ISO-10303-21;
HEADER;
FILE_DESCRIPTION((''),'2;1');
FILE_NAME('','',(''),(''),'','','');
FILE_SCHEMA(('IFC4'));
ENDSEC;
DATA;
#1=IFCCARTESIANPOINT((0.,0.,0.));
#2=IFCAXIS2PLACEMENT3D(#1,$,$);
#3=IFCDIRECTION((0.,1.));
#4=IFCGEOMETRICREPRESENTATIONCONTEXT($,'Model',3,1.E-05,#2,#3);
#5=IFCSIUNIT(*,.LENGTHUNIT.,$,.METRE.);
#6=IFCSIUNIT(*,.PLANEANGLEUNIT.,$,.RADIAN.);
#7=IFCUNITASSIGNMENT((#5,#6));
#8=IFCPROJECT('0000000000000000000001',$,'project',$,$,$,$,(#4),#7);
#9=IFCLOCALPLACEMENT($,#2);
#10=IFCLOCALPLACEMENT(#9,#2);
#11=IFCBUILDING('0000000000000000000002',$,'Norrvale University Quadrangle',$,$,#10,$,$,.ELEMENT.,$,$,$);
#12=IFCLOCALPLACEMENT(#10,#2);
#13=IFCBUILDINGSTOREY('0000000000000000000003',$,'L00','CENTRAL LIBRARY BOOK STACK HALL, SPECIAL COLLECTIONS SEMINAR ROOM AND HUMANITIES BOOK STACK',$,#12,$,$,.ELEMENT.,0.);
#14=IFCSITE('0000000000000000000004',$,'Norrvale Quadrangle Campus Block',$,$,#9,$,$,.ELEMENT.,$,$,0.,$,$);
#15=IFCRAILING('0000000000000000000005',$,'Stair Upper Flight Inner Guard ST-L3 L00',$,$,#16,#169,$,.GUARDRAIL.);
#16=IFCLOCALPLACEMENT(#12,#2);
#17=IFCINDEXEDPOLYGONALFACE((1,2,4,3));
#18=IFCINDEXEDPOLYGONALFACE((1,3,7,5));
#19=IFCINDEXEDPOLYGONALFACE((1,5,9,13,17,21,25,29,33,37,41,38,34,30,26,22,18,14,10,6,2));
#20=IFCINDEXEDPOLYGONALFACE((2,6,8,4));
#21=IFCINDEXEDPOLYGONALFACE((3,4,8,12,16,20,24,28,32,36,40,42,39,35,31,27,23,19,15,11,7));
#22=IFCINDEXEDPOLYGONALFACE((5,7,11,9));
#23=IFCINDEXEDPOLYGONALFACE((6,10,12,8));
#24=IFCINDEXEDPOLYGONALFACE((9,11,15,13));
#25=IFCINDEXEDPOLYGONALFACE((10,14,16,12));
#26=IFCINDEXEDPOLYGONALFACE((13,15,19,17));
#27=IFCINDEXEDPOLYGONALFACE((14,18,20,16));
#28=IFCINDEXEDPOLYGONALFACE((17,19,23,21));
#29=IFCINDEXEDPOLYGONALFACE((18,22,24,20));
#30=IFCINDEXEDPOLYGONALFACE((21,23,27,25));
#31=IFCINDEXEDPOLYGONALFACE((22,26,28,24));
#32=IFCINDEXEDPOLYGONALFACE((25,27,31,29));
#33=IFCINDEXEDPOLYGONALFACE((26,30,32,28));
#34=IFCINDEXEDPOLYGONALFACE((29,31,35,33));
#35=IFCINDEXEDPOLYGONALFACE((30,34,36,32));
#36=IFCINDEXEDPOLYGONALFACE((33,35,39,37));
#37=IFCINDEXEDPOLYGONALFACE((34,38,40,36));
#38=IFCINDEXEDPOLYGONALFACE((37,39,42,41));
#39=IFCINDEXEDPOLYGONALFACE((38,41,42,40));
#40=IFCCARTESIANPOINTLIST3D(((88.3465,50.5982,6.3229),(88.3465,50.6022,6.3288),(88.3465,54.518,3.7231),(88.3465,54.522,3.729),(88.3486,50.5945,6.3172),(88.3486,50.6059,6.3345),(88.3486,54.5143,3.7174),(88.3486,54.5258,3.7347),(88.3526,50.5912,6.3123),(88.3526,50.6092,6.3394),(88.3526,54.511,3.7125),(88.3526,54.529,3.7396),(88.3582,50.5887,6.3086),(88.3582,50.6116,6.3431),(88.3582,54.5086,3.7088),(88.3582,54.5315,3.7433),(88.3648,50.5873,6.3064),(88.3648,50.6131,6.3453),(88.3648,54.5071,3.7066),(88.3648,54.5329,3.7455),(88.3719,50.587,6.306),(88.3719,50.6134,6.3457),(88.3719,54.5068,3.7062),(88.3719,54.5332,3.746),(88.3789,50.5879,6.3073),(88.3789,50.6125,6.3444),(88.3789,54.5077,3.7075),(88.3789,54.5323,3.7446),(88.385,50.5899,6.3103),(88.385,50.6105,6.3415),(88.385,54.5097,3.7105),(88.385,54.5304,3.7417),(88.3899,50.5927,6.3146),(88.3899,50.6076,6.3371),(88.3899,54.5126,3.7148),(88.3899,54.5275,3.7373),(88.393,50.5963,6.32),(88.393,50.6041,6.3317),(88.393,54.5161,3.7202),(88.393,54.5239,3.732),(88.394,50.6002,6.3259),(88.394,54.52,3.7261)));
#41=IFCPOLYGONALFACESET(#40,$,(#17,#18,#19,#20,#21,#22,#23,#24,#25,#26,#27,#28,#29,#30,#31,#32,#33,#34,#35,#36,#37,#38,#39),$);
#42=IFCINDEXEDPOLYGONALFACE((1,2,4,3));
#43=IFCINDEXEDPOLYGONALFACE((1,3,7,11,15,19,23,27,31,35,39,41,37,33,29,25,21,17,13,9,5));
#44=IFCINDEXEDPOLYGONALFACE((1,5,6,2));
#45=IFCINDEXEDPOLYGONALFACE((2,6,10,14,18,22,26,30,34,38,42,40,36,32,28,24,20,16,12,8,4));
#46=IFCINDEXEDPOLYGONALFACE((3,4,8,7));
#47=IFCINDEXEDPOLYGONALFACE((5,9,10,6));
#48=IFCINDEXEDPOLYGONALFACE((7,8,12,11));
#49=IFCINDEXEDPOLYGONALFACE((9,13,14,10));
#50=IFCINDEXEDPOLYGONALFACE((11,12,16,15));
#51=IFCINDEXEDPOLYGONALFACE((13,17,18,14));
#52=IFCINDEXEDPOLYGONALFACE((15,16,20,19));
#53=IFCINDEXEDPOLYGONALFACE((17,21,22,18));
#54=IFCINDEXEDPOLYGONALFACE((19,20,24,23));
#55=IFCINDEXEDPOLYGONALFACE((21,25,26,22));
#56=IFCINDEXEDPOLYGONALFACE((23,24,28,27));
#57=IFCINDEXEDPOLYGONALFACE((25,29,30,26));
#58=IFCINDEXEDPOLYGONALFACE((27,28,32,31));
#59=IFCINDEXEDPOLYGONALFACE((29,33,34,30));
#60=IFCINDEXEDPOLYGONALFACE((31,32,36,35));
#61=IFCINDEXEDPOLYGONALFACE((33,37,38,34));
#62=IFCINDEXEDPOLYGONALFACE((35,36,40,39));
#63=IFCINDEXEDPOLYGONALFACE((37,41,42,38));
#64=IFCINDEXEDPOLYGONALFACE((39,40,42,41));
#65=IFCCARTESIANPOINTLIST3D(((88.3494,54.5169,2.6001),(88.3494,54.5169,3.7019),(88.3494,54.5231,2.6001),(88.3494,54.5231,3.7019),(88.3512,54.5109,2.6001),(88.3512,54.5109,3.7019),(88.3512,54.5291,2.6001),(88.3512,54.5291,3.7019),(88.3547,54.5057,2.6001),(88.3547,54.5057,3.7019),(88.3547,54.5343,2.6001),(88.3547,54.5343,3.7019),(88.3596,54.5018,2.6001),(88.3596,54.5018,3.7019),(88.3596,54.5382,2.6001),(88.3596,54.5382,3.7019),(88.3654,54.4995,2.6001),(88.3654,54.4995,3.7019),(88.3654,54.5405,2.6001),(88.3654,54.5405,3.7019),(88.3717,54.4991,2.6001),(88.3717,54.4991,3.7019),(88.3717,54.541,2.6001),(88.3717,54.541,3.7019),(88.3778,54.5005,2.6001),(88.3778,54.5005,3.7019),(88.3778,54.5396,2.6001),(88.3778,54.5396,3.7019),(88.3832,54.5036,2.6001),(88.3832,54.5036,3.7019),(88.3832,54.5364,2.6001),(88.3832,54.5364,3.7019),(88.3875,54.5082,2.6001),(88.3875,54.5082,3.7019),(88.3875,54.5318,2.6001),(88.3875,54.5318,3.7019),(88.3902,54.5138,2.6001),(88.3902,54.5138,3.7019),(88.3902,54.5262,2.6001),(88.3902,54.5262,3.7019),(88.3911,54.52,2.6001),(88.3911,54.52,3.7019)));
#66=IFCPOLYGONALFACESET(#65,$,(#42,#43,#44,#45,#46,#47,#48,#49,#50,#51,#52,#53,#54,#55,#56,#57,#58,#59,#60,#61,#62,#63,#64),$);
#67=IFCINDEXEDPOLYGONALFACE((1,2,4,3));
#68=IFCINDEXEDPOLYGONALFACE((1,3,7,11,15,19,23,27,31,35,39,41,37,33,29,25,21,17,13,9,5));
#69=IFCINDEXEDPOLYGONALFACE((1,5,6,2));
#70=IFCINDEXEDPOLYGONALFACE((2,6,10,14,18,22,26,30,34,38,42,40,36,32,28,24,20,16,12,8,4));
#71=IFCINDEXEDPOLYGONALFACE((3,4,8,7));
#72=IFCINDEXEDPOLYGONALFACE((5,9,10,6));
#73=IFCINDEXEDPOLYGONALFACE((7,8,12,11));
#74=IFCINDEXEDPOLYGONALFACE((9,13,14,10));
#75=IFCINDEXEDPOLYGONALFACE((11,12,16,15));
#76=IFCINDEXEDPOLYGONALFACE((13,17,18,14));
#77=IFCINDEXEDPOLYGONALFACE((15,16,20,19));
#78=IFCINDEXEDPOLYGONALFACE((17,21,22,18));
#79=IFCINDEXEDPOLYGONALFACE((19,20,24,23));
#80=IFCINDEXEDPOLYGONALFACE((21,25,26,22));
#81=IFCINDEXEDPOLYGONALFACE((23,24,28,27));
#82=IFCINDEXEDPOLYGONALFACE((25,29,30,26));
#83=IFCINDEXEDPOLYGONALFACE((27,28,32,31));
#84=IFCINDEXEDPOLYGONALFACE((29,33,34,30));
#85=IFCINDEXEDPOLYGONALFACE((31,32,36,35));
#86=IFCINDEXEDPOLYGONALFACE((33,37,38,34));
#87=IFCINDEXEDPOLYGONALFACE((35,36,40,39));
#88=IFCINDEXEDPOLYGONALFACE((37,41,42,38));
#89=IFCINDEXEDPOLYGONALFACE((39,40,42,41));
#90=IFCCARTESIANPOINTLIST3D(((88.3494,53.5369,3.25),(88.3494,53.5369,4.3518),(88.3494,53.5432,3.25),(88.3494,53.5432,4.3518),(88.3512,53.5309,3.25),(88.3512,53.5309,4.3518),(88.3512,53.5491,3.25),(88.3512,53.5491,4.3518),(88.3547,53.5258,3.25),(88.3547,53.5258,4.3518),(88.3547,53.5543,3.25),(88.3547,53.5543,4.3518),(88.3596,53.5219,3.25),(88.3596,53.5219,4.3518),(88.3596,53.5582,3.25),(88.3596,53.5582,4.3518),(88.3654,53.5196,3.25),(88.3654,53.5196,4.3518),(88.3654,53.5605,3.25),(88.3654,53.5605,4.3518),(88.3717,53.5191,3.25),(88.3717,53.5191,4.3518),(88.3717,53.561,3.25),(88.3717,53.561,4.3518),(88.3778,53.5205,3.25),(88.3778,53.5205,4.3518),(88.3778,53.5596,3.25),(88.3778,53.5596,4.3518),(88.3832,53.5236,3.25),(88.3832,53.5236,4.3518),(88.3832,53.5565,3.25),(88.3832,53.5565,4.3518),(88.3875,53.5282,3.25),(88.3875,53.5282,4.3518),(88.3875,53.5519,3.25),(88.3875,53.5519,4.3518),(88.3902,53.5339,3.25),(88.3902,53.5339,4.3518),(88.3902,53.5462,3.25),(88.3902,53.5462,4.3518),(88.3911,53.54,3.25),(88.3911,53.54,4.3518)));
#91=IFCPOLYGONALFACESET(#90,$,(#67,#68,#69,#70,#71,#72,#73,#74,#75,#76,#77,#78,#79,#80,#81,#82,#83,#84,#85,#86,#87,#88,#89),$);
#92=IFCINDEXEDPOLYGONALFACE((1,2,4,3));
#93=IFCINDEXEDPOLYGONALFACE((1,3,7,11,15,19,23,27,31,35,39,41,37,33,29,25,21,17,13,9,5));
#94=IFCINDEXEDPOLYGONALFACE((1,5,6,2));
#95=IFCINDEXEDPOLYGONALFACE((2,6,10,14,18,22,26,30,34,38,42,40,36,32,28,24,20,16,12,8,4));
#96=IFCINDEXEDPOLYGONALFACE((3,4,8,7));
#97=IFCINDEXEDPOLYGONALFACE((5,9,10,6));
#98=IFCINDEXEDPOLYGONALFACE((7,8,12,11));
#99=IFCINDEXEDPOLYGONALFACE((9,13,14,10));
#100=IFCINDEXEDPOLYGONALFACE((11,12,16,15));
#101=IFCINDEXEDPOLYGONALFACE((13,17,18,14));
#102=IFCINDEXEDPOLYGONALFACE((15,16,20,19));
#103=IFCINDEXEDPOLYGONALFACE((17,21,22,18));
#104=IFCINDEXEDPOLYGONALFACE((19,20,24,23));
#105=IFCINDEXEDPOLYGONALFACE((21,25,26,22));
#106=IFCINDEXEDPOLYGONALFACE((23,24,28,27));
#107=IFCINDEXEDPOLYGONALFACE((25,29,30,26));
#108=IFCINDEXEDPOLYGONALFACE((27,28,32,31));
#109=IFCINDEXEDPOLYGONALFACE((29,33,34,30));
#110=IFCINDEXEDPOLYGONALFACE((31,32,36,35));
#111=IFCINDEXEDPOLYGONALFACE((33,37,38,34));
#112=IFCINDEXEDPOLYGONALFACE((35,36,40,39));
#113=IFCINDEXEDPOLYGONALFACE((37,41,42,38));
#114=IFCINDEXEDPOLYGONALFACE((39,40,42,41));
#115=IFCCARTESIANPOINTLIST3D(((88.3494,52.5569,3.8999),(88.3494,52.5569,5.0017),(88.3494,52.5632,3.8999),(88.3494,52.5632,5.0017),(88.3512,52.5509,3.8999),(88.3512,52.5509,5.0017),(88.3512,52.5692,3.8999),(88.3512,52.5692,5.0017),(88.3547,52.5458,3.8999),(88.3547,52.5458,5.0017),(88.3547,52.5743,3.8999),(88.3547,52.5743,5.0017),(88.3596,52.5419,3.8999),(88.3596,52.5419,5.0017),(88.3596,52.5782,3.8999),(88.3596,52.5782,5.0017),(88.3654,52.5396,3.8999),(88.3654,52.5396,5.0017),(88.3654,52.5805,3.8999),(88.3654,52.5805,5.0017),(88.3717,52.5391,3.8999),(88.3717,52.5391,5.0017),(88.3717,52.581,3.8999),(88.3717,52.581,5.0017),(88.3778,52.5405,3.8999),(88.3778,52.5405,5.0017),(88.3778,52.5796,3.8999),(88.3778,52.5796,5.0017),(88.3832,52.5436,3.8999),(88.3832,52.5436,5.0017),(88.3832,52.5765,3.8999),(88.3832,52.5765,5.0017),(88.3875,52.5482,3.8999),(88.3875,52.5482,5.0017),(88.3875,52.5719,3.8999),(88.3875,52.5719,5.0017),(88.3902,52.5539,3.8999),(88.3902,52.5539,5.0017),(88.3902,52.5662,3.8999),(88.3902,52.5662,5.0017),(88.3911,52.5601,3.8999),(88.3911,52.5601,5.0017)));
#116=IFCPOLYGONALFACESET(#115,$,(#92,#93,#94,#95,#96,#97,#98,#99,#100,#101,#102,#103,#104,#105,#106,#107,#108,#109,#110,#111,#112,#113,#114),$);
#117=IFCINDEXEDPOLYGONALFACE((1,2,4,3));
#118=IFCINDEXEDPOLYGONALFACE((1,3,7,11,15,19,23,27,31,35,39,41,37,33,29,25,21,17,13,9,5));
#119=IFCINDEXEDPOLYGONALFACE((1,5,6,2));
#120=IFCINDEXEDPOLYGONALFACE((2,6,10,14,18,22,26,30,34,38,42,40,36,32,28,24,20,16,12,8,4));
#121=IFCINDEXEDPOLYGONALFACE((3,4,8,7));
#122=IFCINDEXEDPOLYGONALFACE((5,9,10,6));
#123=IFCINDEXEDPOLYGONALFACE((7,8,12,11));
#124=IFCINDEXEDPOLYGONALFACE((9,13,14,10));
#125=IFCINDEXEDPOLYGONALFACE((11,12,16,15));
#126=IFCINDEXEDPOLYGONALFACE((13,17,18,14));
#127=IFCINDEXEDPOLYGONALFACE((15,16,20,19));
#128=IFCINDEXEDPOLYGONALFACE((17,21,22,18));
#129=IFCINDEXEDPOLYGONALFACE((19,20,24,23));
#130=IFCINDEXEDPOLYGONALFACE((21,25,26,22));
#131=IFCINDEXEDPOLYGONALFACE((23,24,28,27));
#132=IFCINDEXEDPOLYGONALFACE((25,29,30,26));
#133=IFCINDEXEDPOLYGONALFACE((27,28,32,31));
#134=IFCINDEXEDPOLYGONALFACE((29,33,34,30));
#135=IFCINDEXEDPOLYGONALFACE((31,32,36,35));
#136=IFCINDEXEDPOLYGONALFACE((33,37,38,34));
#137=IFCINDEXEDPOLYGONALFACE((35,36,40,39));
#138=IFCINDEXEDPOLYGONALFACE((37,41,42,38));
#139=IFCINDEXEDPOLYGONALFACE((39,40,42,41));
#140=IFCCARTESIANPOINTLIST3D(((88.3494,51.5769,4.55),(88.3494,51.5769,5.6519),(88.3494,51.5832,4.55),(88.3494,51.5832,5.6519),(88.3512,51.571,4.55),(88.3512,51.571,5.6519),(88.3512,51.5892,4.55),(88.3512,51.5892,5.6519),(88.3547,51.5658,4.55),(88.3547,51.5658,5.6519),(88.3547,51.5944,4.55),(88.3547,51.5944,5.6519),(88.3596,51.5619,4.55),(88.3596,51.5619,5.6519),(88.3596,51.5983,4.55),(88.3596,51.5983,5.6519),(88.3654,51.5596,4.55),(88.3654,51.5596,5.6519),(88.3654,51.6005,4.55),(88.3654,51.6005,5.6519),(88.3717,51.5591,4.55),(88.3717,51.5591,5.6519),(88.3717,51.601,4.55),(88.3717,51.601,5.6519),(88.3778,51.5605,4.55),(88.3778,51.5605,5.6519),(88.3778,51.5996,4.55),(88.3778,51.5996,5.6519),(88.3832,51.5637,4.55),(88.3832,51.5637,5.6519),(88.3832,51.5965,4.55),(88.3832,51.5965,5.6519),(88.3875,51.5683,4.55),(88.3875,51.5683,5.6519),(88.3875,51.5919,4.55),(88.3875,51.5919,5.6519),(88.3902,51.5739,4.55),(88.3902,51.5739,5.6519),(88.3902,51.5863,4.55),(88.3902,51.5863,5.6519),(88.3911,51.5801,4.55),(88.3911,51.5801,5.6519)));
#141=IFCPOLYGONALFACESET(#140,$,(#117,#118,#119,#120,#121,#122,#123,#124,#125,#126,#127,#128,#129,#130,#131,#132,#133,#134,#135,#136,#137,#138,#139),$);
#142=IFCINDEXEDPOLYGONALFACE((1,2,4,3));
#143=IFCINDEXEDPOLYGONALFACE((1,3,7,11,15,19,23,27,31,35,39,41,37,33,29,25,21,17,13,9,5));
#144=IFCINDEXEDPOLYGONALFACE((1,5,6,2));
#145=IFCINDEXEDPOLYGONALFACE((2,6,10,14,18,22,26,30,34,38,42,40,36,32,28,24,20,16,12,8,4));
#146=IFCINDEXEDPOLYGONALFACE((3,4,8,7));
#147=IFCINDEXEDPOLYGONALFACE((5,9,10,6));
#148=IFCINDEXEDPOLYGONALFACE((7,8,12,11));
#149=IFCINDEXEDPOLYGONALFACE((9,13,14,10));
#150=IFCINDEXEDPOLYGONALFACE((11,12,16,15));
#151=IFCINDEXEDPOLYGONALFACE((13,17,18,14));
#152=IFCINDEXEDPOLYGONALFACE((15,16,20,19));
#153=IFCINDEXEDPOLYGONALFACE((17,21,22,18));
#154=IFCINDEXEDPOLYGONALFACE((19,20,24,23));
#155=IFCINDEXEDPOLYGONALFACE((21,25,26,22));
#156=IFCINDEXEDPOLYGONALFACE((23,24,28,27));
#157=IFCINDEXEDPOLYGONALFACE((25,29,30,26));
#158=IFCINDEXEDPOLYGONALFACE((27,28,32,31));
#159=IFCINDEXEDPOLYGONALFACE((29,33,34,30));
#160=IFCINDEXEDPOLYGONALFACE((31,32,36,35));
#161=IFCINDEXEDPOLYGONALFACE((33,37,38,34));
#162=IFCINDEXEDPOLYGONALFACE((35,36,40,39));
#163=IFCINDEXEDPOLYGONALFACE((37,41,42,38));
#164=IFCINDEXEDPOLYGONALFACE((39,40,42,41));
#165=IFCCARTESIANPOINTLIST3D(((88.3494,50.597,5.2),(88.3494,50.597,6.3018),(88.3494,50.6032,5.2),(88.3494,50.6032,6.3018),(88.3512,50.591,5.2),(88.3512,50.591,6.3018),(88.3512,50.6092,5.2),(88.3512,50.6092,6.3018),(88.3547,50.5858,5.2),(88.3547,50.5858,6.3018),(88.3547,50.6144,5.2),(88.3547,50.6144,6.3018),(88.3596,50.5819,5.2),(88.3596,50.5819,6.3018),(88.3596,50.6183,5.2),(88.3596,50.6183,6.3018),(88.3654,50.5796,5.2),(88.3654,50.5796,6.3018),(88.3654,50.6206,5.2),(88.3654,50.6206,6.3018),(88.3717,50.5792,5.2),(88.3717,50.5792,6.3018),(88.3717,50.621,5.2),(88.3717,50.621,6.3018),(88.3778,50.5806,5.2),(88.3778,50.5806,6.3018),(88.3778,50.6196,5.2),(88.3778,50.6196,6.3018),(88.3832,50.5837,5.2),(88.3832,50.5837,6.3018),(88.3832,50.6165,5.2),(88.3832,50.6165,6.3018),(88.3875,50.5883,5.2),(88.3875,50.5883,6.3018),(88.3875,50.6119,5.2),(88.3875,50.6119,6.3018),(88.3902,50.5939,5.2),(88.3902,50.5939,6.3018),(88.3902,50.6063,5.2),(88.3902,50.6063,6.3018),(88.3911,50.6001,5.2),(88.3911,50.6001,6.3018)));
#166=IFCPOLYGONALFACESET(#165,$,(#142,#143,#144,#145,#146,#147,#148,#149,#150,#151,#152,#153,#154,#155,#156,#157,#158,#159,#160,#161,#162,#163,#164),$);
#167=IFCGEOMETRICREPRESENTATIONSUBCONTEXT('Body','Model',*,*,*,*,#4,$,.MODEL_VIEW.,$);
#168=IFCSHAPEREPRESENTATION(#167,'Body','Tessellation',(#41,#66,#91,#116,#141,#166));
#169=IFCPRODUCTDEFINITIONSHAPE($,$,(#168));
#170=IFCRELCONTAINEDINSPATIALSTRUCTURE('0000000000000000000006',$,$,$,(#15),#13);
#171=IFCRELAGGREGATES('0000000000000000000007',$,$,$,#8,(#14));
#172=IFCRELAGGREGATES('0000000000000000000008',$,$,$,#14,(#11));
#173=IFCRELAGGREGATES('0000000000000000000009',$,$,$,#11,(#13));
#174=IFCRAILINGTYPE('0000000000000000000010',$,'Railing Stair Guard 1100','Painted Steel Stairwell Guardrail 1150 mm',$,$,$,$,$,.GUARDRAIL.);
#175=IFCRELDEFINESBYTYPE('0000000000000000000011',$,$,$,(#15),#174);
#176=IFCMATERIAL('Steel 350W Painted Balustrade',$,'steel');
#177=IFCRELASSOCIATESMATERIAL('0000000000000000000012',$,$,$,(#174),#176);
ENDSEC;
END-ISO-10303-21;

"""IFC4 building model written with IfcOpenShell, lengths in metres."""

from ifc_helpers import new_model, si_unit, direction, frame, origin, origin_2d, place, context, subcontext, project, spatial, circle, extrude, material, type_object, element, save


model = new_model("IFC4")

# Units and contexts
model_context = context("Model", 3, precision=1e-05, world=origin(), true_north=direction((0.0, 1.0)))
body_context = subcontext(model_context, "Body", "Model", "MODEL_VIEW")
ifc_project = project(units=[si_unit("LENGTHUNIT", "METRE"), si_unit("PLANEANGLEUNIT", "RADIAN")], contexts=[model_context])

# Site, building, storey
site_placement = place(None, origin())
site = spatial("IfcSite", under=ifc_project, at=site_placement, Name="Norrvale Quadrangle Campus Block", CompositionType="ELEMENT", RefElevation=0.0)
building_placement = place(site_placement, origin())
building = spatial("IfcBuilding", under=site, at=building_placement, Name="Norrvale University Quadrangle", CompositionType="ELEMENT")
storey_placement = place(building_placement, origin())
storey = spatial("IfcBuildingStorey", under=building, at=storey_placement, Name="L00", Description="CENTRAL LIBRARY BOOK STACK HALL, SPECIAL COLLECTIONS SEMINAR ROOM AND HUMANITIES BOOK STACK", CompositionType="ELEMENT", Elevation=0.0)

# Railing
ifc_material_1 = material(Name="Steel 350W Painted Balustrade", Category="steel")
railing_type_1 = type_object("IfcRailingType", Name="Railing Stair Guard 1100", Description="Painted Steel Stairwell Guardrail 1150 mm", PredefinedType="GUARDRAIL", material=ifc_material_1)
railing_1_placement = place(storey_placement, frame((88.3701, 54.52, 2.6001)))
element("IfcRailing", 1, at=railing_1_placement, inside=storey, type_object=railing_type_1, Name="Stair Upper Flight Inner Guard ST-L3 L00", PredefinedType="GUARDRAIL", context=body_context, shape_type="SweptSolid", body=[
    extrude(circle(Radius=0.0239, at=origin_2d()), frame((0.0, 0.0, 1.126), z_axis=(0.0, -0.833366, 0.552722), x_axis=(1.0, 0.0, 0.0)), (0.0, 0.0, 1.0), 4.7036),
    extrude(circle(Radius=0.021, at=origin_2d()), origin(), (0.0, 0.0, 1.0), 1.1018),
    extrude(circle(Radius=0.021, at=origin_2d()), frame((0.0, -0.98, 0.6499)), (0.0, 0.0, 1.0), 1.1018),
    extrude(circle(Radius=0.021, at=origin_2d()), frame((0.0, -1.96, 1.2998)), (0.0, 0.0, 1.0), 1.1018),
    extrude(circle(Radius=0.021, at=origin_2d()), frame((0.0, -2.9399, 1.95)), (0.0, 0.0, 1.0), 1.1018),
    extrude(circle(Radius=0.021, at=origin_2d()), frame((0.0, -3.9199, 2.5999)), (0.0, 0.0, 1.0), 1.1018),
])

save(model, "model.ifc")
